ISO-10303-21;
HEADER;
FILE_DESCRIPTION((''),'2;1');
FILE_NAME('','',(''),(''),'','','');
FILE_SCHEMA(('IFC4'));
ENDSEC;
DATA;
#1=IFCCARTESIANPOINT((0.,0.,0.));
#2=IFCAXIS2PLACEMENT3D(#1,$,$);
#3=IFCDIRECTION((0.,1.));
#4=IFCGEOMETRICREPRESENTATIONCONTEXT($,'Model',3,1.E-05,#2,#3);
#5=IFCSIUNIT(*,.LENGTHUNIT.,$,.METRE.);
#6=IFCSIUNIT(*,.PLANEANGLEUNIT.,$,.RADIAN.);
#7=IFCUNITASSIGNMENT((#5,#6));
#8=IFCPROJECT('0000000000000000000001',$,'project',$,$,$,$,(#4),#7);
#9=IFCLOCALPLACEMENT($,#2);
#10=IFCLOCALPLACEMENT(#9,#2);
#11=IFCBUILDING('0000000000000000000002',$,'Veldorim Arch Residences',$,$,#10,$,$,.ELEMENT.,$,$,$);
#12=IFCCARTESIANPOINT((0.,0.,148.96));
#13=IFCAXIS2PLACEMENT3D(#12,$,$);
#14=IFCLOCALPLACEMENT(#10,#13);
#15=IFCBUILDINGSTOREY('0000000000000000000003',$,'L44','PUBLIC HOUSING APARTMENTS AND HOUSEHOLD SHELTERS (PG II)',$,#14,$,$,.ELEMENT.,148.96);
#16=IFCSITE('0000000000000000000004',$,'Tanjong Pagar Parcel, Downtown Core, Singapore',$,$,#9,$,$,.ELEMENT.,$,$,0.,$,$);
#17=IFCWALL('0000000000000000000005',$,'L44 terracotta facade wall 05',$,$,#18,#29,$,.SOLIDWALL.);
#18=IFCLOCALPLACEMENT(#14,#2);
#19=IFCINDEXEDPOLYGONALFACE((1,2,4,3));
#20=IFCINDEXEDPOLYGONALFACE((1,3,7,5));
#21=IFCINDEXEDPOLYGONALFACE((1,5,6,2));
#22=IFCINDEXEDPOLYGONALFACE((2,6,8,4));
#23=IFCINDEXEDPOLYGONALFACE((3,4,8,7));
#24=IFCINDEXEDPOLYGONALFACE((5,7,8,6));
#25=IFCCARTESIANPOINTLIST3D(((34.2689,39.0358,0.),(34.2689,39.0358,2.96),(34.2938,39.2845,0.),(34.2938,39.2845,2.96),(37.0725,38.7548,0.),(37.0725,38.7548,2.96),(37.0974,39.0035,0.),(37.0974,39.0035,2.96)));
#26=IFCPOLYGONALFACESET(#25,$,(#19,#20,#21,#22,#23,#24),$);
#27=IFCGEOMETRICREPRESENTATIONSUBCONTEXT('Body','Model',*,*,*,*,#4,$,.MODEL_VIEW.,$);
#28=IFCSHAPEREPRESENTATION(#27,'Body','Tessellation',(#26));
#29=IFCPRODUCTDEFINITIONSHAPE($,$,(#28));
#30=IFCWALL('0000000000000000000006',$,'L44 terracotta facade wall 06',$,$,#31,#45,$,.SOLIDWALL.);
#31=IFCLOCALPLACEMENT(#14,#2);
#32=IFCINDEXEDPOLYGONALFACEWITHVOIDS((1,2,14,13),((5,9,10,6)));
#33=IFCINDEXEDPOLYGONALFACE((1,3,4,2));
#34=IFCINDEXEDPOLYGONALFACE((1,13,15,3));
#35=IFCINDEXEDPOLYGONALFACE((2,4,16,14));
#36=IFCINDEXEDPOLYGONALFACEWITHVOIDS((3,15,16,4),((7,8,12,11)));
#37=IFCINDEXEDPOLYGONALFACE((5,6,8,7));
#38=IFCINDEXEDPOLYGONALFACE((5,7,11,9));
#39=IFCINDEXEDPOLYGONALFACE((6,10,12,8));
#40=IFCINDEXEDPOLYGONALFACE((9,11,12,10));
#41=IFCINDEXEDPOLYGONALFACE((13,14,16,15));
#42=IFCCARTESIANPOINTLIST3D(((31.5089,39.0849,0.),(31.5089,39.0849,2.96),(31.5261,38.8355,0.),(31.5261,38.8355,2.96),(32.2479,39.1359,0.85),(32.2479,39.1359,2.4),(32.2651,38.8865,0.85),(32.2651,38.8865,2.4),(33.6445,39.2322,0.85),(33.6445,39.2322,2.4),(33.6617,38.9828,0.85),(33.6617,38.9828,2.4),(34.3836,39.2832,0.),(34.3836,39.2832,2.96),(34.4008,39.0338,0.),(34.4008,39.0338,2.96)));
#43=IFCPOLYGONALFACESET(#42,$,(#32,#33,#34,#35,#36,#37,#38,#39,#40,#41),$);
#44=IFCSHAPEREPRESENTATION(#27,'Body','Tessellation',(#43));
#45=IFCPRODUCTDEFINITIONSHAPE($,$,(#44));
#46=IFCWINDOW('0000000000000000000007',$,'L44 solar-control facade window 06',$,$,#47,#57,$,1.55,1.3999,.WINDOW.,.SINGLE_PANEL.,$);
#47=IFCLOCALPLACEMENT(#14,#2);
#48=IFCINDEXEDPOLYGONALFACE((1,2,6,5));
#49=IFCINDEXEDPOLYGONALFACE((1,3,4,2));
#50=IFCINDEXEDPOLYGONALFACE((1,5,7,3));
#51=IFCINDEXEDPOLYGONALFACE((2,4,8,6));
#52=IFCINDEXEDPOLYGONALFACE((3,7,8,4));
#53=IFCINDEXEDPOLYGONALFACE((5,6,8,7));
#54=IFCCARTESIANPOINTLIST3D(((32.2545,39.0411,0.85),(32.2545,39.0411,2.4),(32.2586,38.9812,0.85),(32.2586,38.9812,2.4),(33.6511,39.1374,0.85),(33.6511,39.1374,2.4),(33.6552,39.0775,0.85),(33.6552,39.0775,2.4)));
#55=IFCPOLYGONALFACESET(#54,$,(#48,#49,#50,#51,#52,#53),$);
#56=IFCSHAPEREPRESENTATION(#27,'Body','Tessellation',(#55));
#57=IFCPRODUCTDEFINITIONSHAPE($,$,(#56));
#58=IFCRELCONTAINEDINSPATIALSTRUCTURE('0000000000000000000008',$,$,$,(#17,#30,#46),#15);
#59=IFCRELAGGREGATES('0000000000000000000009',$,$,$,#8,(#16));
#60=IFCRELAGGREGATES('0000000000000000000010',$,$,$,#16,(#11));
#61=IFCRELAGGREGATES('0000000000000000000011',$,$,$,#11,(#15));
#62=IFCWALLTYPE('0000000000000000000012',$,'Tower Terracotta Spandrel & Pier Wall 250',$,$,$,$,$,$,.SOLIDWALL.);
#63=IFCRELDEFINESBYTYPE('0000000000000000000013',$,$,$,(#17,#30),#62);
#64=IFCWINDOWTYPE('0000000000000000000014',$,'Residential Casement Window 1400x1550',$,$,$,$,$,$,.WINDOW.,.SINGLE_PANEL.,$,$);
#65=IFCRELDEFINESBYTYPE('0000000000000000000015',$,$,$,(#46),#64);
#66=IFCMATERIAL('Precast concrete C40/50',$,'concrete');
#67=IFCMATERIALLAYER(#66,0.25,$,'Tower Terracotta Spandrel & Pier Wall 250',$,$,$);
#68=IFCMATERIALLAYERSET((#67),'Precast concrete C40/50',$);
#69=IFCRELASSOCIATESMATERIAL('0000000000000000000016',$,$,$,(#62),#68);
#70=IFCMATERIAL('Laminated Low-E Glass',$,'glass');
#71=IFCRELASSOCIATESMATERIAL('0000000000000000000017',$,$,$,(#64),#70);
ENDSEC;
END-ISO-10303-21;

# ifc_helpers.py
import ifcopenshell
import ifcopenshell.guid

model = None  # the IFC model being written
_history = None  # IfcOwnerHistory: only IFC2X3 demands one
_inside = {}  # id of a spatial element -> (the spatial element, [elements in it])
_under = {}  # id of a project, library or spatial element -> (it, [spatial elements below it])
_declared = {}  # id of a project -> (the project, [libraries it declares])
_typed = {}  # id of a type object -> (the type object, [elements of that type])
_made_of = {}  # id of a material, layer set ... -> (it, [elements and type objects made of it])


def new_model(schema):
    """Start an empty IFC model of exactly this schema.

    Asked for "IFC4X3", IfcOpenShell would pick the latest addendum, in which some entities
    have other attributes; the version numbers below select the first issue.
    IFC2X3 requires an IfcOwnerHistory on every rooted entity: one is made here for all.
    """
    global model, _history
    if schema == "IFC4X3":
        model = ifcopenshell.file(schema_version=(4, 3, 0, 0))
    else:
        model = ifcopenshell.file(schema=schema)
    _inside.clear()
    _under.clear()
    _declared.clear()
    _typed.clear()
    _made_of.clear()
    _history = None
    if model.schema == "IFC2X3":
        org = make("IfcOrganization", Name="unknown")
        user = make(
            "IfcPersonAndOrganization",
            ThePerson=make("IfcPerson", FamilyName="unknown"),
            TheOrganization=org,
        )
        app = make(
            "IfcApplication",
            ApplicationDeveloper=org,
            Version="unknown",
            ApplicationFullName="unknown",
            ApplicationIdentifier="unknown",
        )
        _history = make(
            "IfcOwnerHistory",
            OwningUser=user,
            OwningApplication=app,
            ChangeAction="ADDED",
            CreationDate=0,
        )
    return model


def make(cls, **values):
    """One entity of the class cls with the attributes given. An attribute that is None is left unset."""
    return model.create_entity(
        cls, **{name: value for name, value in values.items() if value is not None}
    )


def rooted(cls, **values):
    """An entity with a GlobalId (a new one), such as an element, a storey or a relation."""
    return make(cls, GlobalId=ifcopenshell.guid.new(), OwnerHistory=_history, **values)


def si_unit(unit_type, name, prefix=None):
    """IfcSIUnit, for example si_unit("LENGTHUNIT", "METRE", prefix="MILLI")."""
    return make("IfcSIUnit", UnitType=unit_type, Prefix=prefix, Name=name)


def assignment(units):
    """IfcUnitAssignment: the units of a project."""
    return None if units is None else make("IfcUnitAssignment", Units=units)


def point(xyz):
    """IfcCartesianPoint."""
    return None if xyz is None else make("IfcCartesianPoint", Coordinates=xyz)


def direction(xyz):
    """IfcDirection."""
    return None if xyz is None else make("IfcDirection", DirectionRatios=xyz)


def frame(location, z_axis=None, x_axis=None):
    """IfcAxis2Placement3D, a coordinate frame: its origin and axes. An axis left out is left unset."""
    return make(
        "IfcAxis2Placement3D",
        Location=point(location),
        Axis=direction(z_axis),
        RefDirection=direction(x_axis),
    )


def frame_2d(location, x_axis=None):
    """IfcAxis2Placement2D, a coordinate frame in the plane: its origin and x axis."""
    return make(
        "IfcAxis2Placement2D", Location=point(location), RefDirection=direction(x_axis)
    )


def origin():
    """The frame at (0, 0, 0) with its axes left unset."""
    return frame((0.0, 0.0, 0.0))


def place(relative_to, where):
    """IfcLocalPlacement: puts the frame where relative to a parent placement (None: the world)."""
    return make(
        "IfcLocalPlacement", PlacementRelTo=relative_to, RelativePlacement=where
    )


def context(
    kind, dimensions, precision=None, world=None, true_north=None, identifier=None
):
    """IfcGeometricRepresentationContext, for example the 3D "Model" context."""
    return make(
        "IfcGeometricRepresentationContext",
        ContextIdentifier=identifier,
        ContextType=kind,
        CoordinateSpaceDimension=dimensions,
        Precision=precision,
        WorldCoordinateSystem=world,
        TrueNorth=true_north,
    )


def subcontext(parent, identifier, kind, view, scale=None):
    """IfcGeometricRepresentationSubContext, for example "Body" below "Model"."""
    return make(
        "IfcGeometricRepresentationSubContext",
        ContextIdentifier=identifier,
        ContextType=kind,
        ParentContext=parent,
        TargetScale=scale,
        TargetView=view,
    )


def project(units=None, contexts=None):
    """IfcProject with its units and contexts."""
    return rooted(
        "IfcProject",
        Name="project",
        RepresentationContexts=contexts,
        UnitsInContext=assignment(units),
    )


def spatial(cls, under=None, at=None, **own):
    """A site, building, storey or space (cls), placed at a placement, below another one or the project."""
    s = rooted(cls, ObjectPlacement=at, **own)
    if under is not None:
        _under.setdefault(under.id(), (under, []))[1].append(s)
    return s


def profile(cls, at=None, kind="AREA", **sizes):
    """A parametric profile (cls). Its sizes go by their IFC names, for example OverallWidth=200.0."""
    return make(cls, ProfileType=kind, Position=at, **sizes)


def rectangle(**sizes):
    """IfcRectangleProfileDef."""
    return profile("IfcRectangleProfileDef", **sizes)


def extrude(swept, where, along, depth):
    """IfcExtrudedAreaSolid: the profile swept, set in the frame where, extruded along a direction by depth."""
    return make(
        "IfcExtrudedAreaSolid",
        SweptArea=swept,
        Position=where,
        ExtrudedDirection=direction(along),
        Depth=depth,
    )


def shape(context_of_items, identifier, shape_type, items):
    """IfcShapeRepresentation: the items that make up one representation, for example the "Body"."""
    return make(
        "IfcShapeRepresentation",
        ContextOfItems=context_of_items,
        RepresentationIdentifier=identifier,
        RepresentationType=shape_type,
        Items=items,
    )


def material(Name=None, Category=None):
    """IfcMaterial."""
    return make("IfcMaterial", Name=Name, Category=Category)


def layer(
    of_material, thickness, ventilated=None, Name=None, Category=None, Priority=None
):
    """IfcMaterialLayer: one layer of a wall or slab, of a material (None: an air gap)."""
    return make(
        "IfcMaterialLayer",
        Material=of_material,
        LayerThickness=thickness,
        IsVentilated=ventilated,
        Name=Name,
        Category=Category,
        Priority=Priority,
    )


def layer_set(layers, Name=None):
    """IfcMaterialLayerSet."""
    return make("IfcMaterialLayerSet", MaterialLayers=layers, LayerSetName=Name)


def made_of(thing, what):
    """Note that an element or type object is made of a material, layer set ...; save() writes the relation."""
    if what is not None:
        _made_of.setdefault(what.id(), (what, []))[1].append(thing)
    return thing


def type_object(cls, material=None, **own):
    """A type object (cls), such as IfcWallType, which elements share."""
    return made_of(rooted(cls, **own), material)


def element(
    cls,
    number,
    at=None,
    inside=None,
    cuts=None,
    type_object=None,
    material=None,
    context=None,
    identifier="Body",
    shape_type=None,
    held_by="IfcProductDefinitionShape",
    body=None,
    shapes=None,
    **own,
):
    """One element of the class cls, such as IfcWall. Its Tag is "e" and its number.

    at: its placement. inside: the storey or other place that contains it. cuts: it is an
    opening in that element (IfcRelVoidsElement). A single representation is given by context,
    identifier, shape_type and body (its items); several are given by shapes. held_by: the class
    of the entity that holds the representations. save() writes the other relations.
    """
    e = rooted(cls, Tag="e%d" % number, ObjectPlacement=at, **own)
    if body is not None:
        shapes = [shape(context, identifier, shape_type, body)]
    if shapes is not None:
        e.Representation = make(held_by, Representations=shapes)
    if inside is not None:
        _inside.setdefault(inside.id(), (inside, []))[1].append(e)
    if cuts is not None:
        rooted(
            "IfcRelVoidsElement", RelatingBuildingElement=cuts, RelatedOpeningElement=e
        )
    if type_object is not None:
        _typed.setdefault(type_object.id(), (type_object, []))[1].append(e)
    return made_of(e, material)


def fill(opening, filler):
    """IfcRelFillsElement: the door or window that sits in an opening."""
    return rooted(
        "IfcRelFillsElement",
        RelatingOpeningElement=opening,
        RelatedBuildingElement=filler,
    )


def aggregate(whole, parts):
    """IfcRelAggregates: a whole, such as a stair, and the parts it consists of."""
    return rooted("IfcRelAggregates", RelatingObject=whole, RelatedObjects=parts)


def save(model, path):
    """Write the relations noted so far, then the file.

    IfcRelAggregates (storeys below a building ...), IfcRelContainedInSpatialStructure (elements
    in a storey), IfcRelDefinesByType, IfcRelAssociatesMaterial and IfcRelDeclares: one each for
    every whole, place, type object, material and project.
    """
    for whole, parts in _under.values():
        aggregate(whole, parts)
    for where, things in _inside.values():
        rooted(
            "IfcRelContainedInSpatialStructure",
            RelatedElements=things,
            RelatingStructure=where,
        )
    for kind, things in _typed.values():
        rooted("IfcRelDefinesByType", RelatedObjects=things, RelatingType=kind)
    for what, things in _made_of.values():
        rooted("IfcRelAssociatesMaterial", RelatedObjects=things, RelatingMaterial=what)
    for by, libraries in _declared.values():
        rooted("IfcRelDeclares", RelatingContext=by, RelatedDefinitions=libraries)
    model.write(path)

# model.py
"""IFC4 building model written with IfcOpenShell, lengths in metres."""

from ifc_helpers import new_model, si_unit, direction, frame, frame_2d, origin, place, context, subcontext, project, spatial, rectangle, extrude, material, layer, layer_set, type_object, element, fill, save


model = new_model("IFC4")

# Units and contexts
model_context = context("Model", 3, precision=1e-05, world=origin(), true_north=direction((0.0, 1.0)))
body_context = subcontext(model_context, "Body", "Model", "MODEL_VIEW")
ifc_project = project(units=[si_unit("LENGTHUNIT", "METRE"), si_unit("PLANEANGLEUNIT", "RADIAN")], contexts=[model_context])

# Site, building, storey
site_placement = place(None, origin())
site = spatial("IfcSite", under=ifc_project, at=site_placement, Name="Tanjong Pagar Parcel, Downtown Core, Singapore", CompositionType="ELEMENT", RefElevation=0.0)
building_placement = place(site_placement, origin())
building = spatial("IfcBuilding", under=site, at=building_placement, Name="Veldorim Arch Residences", CompositionType="ELEMENT")
storey_placement = place(building_placement, frame((0.0, 0.0, 148.96)))
storey = spatial("IfcBuildingStorey", under=building, at=storey_placement, Name="L44", Description="PUBLIC HOUSING APARTMENTS AND HOUSEHOLD SHELTERS (PG II)", CompositionType="ELEMENT", Elevation=148.96)

# Shared definitions
ifc_material_1 = material(Name="Precast concrete C40/50", Category="concrete")
ifc_layer_1 = layer(ifc_material_1, 0.25, Name="Tower Terracotta Spandrel & Pier Wall 250")
ifc_layer_set_1 = layer_set([ifc_layer_1], Name="Precast concrete C40/50")
wall_type_1 = type_object("IfcWallType", Name="Tower Terracotta Spandrel & Pier Wall 250", PredefinedType="SOLIDWALL", material=ifc_layer_set_1)

# Wall
wall_1_placement = place(storey_placement, frame((34.2815, 39.1602, 0.0), z_axis=(0.0, 0.0, 1.0), x_axis=(0.995014, -0.099735, 0.0)))
element("IfcWall", 1, at=wall_1_placement, inside=storey, type_object=wall_type_1, Name="L44 terracotta facade wall 05", PredefinedType="SOLIDWALL", context=body_context, shape_type="SweptSolid", body=[
    extrude(rectangle(XDim=2.8176, YDim=0.25, at=frame_2d((1.4087, 0.0))), origin(), (0.0, 0.0, 1.0), 2.96),
])

# Wall, opening, window
wall_2_placement = place(storey_placement, frame((31.5173, 38.9602, 0.0), z_axis=(0.0, 0.0, 1.0), x_axis=(0.997631, 0.068796, 0.0)))
wall_2 = element("IfcWall", 2, at=wall_2_placement, inside=storey, type_object=wall_type_1, Name="L44 terracotta facade wall 06", PredefinedType="SOLIDWALL", context=body_context, shape_type="SweptSolid", body=[
    extrude(rectangle(XDim=2.8816, YDim=0.25, at=frame_2d((1.4409, 0.0))), origin(), (0.0, 0.0, 1.0), 2.96),
])
opening_1_placement = place(wall_2_placement, frame((0.741, 0.0, 0.8501)))
opening_1 = element("IfcOpeningElement", 3, at=opening_1_placement, cuts=wall_2, PredefinedType="OPENING", context=body_context, shape_type="SweptSolid", body=[
    extrude(rectangle(XDim=1.3999, YDim=1.55, at=frame_2d((0.7, 0.7749))), frame((0.0, 0.135, 0.0), z_axis=(0.0, -1.0, 0.0), x_axis=(1.0, 0.0, 0.0)), (0.0, 0.0, 1.0), 0.27),
])
ifc_material_2 = material(Name="Laminated Low-E Glass", Category="glass")
window_type_1 = type_object("IfcWindowType", Name="Residential Casement Window 1400x1550", PartitioningType="SINGLE_PANEL", PredefinedType="WINDOW", material=ifc_material_2)
window_1_placement = place(opening_1_placement, origin())
window_1 = element("IfcWindow", 4, at=window_1_placement, inside=storey, type_object=window_type_1, Name="L44 solar-control facade window 06", OverallHeight=1.55, OverallWidth=1.3999, PartitioningType="SINGLE_PANEL", PredefinedType="WINDOW", context=body_context, shape_type="SweptSolid", body=[
    extrude(rectangle(XDim=1.3999, YDim=1.55, at=frame_2d((0.7, 0.7749))), frame((0.0, 0.03, 0.0), z_axis=(0.0, -1.0, 0.0), x_axis=(1.0, 0.0, 0.0)), (0.0, 0.0, 1.0), 0.0601),
])
fill(opening_1, window_1)

save(model, "model.ifc")
